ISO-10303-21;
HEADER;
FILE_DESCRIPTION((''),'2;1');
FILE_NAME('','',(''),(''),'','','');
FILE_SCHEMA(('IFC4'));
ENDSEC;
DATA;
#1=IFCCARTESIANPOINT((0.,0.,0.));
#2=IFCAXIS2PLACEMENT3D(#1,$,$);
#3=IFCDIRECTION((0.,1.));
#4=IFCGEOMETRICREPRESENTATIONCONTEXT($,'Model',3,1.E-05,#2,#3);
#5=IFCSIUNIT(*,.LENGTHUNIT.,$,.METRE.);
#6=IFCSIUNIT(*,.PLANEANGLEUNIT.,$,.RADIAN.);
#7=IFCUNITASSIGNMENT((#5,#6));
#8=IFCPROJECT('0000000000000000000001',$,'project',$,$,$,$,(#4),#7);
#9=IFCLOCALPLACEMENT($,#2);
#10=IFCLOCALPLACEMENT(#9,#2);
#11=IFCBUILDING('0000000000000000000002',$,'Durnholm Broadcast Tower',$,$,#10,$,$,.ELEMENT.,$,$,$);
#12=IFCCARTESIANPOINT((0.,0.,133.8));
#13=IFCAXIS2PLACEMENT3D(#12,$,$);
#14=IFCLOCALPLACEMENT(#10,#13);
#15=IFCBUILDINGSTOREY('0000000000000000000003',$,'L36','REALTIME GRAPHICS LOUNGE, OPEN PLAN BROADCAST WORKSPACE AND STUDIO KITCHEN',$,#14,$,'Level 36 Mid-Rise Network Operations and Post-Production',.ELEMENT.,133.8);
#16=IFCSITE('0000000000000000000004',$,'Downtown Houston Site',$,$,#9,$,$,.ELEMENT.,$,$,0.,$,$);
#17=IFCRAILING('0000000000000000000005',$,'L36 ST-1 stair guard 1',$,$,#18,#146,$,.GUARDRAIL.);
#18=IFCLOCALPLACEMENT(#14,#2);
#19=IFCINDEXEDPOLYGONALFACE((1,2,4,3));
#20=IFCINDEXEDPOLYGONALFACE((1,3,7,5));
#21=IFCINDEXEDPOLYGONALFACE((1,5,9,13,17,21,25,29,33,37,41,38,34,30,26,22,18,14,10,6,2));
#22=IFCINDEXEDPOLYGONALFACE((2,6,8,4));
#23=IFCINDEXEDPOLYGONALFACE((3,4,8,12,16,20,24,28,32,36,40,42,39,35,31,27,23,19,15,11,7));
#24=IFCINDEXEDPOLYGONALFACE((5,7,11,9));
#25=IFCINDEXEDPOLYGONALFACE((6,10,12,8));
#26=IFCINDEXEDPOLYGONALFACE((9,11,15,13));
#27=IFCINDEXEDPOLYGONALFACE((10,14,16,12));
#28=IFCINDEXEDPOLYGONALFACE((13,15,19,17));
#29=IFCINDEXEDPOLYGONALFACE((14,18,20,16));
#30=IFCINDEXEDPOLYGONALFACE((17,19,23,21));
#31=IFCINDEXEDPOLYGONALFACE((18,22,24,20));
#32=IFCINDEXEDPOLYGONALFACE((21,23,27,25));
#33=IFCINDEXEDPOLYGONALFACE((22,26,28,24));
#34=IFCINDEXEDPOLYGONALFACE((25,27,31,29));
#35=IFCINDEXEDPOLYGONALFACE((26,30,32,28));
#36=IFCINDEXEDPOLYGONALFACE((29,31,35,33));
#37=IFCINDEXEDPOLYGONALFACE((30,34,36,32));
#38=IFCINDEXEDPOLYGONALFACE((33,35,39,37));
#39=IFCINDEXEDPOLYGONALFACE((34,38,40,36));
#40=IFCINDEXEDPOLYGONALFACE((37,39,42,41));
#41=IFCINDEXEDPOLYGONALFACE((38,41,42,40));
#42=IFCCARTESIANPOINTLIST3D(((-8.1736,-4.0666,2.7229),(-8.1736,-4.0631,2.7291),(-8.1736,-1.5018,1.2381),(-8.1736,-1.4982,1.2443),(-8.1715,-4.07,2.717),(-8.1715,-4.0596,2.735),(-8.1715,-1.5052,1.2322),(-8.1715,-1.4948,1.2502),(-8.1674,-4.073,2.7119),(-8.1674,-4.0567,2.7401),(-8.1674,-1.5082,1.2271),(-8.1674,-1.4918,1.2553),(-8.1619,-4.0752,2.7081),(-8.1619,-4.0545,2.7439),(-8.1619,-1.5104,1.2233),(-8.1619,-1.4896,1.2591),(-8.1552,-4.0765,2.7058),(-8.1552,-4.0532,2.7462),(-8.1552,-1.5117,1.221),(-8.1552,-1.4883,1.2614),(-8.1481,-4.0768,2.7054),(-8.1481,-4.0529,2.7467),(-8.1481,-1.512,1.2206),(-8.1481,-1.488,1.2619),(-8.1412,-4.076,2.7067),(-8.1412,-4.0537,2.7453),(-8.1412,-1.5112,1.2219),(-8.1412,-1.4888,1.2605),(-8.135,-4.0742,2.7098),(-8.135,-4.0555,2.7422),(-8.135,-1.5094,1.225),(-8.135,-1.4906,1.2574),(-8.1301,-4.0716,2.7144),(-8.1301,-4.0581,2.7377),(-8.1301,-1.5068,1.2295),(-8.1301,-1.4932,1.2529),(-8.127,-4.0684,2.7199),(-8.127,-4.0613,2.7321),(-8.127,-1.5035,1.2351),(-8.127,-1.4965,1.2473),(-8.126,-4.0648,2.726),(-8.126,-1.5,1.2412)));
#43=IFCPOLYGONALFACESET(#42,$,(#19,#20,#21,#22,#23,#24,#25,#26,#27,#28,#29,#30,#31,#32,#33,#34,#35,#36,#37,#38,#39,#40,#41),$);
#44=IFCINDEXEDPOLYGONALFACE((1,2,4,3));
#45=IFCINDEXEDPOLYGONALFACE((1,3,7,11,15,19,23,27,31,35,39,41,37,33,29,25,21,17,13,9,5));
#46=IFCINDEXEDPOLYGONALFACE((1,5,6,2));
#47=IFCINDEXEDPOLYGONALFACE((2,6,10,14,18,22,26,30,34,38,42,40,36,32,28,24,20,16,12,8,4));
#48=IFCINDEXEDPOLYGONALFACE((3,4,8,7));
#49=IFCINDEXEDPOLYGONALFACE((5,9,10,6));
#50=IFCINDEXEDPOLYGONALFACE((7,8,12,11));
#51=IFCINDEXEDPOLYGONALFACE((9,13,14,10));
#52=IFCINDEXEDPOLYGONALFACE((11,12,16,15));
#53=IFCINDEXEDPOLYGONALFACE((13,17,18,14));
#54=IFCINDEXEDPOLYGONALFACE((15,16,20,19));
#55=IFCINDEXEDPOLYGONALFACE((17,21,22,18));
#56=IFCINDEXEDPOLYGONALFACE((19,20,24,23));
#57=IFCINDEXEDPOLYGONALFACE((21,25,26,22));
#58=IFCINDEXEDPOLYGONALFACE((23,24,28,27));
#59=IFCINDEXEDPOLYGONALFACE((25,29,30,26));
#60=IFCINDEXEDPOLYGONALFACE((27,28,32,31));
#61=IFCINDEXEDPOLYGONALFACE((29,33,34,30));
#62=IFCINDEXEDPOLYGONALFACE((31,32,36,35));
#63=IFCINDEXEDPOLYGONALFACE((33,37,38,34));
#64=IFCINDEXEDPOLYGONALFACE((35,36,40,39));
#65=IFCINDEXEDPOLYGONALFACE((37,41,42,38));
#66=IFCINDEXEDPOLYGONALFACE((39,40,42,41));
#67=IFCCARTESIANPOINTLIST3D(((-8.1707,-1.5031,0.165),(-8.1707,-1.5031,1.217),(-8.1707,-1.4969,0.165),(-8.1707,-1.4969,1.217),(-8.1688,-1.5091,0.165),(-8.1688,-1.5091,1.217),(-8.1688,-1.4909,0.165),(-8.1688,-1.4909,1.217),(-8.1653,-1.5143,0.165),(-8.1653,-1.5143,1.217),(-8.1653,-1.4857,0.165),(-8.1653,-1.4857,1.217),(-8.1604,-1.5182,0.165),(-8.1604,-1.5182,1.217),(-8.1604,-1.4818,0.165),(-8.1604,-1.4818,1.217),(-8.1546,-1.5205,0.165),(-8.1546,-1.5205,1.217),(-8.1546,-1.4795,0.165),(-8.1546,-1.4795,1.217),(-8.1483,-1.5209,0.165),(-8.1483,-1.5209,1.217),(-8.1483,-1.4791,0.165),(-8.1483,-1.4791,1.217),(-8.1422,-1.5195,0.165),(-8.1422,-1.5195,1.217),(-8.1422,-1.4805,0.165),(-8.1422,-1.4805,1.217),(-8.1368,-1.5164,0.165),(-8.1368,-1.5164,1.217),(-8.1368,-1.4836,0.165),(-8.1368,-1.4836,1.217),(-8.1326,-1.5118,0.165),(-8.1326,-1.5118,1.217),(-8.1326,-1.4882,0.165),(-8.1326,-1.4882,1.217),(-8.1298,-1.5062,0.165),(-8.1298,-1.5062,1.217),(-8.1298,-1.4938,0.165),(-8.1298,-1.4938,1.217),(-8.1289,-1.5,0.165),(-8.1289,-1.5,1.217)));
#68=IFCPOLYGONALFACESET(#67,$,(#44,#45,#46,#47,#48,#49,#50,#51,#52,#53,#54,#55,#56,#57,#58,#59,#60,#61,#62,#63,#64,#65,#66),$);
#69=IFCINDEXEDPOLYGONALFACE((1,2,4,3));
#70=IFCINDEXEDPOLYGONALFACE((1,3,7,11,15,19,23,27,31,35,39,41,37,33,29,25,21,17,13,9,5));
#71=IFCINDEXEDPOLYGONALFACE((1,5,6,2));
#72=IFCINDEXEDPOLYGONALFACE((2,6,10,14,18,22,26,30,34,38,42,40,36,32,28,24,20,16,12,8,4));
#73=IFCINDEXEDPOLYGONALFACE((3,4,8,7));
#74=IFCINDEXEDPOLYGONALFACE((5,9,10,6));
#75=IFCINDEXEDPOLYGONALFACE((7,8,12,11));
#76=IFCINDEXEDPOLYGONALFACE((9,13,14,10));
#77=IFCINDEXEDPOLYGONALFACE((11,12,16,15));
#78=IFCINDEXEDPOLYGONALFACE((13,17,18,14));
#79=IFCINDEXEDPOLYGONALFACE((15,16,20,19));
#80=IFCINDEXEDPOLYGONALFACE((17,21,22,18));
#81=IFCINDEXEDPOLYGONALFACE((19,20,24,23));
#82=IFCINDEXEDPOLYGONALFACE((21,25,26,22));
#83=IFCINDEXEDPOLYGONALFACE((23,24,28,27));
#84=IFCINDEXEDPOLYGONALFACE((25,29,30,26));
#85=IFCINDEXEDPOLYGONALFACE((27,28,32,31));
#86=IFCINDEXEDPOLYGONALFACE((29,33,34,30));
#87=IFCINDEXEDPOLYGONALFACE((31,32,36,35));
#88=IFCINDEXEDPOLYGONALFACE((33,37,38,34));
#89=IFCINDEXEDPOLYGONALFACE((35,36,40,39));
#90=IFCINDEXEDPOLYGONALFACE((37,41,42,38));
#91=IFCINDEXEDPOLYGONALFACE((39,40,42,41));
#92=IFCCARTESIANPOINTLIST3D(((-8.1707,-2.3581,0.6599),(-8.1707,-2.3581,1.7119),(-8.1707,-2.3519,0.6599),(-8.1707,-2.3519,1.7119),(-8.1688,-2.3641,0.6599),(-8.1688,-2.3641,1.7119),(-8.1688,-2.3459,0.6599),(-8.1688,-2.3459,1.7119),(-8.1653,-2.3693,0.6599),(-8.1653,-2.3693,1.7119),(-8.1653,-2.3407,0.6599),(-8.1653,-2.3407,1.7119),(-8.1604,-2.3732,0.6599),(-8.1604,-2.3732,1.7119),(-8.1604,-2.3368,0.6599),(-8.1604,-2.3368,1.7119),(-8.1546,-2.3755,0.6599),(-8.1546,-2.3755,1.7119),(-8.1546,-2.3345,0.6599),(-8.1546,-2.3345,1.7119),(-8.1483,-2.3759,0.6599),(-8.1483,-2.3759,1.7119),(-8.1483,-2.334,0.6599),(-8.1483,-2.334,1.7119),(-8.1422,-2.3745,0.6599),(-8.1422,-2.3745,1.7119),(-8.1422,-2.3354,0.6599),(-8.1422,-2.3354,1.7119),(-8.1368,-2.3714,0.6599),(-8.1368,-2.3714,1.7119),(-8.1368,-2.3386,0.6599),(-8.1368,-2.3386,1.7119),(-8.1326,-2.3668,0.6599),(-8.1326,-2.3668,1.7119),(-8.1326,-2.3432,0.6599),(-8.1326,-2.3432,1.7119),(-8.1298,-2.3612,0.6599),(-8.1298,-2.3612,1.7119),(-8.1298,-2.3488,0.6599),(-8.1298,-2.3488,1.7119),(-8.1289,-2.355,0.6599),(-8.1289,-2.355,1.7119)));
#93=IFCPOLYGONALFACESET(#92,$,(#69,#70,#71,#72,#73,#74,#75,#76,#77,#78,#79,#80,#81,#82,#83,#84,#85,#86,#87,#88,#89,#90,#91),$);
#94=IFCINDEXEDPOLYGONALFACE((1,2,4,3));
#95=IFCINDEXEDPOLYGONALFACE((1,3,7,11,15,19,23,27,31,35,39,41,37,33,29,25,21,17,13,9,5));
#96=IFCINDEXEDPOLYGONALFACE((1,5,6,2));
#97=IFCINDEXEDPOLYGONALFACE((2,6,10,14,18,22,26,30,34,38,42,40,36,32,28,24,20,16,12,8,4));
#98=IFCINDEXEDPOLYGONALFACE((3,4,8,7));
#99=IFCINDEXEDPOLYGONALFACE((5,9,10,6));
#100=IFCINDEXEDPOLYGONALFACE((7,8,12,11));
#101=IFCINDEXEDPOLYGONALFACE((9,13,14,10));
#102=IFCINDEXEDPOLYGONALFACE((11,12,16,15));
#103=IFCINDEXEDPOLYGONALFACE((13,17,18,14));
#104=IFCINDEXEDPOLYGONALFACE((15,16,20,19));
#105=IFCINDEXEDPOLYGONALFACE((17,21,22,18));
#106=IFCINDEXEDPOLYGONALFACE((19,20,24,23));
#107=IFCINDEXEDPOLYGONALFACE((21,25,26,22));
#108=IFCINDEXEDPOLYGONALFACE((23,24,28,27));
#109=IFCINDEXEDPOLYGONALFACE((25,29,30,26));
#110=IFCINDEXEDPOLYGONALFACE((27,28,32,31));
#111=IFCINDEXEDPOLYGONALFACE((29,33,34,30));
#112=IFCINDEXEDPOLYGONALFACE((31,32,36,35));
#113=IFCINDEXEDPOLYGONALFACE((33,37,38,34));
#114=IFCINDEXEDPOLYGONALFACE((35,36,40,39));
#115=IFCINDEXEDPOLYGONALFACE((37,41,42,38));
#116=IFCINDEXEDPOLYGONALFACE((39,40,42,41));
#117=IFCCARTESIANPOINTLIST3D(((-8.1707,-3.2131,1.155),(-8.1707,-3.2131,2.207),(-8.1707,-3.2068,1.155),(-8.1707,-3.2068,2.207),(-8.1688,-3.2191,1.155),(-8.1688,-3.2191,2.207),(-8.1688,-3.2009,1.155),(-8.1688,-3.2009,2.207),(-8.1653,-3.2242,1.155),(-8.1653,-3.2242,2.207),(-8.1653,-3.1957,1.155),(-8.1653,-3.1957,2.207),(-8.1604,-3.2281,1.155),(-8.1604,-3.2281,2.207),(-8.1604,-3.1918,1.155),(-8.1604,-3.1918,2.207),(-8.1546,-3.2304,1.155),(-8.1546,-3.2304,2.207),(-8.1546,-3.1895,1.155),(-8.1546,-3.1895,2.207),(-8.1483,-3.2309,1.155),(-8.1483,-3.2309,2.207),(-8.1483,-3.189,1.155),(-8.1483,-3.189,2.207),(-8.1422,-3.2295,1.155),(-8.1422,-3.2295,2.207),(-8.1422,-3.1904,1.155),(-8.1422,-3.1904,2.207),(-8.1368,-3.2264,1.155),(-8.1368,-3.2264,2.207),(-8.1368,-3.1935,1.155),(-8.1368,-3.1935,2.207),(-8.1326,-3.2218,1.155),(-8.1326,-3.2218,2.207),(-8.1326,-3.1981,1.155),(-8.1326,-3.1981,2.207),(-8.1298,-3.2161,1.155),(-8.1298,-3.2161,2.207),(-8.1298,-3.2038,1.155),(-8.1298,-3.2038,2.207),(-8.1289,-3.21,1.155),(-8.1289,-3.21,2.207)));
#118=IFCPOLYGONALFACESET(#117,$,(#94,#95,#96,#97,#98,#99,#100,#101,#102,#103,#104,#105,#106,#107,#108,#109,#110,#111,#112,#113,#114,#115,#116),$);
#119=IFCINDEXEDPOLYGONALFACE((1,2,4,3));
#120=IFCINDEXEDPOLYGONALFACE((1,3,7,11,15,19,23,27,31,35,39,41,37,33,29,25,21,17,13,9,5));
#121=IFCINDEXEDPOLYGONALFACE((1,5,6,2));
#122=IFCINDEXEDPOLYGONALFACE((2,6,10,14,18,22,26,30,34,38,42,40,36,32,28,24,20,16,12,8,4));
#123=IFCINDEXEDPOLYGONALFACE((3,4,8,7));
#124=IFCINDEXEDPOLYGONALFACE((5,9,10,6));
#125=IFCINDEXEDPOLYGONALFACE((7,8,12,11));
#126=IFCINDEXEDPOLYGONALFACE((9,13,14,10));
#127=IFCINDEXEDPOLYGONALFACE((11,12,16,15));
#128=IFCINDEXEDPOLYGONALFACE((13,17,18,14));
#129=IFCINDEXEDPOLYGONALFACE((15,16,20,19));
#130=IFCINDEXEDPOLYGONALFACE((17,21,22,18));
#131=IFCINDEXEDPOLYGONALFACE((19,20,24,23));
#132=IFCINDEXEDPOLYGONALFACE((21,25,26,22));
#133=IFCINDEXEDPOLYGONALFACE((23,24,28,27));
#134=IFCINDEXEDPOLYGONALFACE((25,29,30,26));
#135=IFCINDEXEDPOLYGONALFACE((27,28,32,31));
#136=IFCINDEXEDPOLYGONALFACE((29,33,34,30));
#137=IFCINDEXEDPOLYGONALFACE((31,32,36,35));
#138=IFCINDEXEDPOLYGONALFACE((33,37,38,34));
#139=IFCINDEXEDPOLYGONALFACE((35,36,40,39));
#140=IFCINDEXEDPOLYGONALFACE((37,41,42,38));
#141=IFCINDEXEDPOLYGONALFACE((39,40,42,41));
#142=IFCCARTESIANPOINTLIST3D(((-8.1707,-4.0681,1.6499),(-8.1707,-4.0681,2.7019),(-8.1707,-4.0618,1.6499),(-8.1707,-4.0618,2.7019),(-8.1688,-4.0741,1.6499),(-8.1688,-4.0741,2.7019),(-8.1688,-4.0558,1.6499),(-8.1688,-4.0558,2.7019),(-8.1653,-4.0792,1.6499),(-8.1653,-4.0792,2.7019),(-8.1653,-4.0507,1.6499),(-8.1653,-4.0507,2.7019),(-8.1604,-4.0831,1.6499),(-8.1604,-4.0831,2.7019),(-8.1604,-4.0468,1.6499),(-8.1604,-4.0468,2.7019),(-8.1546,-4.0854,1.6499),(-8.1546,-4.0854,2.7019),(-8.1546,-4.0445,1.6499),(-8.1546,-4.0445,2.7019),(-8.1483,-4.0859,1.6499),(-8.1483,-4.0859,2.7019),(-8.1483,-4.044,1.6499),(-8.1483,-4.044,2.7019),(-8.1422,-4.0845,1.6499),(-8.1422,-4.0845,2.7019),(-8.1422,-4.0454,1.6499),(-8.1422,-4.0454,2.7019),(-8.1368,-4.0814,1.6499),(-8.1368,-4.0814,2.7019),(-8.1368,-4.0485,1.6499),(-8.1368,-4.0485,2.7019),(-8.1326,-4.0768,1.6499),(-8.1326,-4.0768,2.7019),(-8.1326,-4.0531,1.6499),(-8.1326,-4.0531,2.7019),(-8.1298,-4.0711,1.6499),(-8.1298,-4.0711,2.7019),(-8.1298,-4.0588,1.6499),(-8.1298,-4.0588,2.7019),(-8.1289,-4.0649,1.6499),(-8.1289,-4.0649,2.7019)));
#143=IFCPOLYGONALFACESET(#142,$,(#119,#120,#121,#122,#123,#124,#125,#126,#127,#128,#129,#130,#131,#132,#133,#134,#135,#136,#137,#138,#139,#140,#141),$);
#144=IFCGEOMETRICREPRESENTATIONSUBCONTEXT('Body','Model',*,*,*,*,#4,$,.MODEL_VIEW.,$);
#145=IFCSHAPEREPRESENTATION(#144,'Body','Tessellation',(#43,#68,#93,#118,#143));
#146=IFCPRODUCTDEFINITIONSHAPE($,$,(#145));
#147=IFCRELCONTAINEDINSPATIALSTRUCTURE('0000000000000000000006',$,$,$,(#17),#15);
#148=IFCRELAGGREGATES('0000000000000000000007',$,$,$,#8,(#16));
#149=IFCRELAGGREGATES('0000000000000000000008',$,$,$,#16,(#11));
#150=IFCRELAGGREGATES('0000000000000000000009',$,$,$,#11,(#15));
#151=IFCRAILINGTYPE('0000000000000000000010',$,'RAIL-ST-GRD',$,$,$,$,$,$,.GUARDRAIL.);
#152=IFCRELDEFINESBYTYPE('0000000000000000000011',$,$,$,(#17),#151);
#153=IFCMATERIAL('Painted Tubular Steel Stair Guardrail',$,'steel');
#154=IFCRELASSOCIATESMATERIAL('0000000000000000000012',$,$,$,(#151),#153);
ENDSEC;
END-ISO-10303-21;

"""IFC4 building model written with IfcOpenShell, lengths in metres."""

from ifc_helpers import new_model, si_unit, direction, frame, origin, origin_2d, place, context, subcontext, project, spatial, circle, extrude, material, type_object, element, save


model = new_model("IFC4")

# Units and contexts
model_context = context("Model", 3, precision=1e-05, world=origin(), true_north=direction((0.0, 1.0)))
body_context = subcontext(model_context, "Body", "Model", "MODEL_VIEW")
ifc_project = project(units=[si_unit("LENGTHUNIT", "METRE"), si_unit("PLANEANGLEUNIT", "RADIAN")], contexts=[model_context])

# Site, building, storey
site_placement = place(None, origin())
site = spatial("IfcSite", under=ifc_project, at=site_placement, Name="Downtown Houston Site", CompositionType="ELEMENT", RefElevation=0.0)
building_placement = place(site_placement, origin())
building = spatial("IfcBuilding", under=site, at=building_placement, Name="Durnholm Broadcast Tower", CompositionType="ELEMENT")
storey_placement = place(building_placement, frame((0.0, 0.0, 133.8)))
storey = spatial("IfcBuildingStorey", under=building, at=storey_placement, Name="L36", Description="REALTIME GRAPHICS LOUNGE, OPEN PLAN BROADCAST WORKSPACE AND STUDIO KITCHEN", LongName="Level 36 Mid-Rise Network Operations and Post-Production", CompositionType="ELEMENT", Elevation=133.8)

# Railing
ifc_material_1 = material(Name="Painted Tubular Steel Stair Guardrail", Category="steel")
railing_type_1 = type_object("IfcRailingType", Name="RAIL-ST-GRD", PredefinedType="GUARDRAIL", material=ifc_material_1)
railing_1_placement = place(storey_placement, frame((-8.1499, -1.5, 0.165)))
element("IfcRailing", 1, at=railing_1_placement, inside=storey, type_object=railing_type_1, Name="L36 ST-1 stair guard 1", PredefinedType="GUARDRAIL", context=body_context, shape_type="SweptSolid", body=[
    extrude(circle(Radius=0.0239, at=origin_2d()), frame((0.0, 0.0, 1.0762), z_axis=(0.0, -0.865441, 0.50101), x_axis=(1.0, 0.0, 0.0)), (0.0, 0.0, 1.0), 2.9636),
    extrude(circle(Radius=0.021, at=origin_2d()), origin(), (0.0, 0.0, 1.0), 1.052),
    extrude(circle(Radius=0.021, at=origin_2d()), frame((0.0, -0.855, 0.4949)), (0.0, 0.0, 1.0), 1.052),
    extrude(circle(Radius=0.021, at=origin_2d()), frame((0.0, -1.71, 0.99)), (0.0, 0.0, 1.0), 1.052),
    extrude(circle(Radius=0.021, at=origin_2d()), frame((0.0, -2.5649, 1.4849)), (0.0, 0.0, 1.0), 1.052),
])

save(model, "model.ifc")
